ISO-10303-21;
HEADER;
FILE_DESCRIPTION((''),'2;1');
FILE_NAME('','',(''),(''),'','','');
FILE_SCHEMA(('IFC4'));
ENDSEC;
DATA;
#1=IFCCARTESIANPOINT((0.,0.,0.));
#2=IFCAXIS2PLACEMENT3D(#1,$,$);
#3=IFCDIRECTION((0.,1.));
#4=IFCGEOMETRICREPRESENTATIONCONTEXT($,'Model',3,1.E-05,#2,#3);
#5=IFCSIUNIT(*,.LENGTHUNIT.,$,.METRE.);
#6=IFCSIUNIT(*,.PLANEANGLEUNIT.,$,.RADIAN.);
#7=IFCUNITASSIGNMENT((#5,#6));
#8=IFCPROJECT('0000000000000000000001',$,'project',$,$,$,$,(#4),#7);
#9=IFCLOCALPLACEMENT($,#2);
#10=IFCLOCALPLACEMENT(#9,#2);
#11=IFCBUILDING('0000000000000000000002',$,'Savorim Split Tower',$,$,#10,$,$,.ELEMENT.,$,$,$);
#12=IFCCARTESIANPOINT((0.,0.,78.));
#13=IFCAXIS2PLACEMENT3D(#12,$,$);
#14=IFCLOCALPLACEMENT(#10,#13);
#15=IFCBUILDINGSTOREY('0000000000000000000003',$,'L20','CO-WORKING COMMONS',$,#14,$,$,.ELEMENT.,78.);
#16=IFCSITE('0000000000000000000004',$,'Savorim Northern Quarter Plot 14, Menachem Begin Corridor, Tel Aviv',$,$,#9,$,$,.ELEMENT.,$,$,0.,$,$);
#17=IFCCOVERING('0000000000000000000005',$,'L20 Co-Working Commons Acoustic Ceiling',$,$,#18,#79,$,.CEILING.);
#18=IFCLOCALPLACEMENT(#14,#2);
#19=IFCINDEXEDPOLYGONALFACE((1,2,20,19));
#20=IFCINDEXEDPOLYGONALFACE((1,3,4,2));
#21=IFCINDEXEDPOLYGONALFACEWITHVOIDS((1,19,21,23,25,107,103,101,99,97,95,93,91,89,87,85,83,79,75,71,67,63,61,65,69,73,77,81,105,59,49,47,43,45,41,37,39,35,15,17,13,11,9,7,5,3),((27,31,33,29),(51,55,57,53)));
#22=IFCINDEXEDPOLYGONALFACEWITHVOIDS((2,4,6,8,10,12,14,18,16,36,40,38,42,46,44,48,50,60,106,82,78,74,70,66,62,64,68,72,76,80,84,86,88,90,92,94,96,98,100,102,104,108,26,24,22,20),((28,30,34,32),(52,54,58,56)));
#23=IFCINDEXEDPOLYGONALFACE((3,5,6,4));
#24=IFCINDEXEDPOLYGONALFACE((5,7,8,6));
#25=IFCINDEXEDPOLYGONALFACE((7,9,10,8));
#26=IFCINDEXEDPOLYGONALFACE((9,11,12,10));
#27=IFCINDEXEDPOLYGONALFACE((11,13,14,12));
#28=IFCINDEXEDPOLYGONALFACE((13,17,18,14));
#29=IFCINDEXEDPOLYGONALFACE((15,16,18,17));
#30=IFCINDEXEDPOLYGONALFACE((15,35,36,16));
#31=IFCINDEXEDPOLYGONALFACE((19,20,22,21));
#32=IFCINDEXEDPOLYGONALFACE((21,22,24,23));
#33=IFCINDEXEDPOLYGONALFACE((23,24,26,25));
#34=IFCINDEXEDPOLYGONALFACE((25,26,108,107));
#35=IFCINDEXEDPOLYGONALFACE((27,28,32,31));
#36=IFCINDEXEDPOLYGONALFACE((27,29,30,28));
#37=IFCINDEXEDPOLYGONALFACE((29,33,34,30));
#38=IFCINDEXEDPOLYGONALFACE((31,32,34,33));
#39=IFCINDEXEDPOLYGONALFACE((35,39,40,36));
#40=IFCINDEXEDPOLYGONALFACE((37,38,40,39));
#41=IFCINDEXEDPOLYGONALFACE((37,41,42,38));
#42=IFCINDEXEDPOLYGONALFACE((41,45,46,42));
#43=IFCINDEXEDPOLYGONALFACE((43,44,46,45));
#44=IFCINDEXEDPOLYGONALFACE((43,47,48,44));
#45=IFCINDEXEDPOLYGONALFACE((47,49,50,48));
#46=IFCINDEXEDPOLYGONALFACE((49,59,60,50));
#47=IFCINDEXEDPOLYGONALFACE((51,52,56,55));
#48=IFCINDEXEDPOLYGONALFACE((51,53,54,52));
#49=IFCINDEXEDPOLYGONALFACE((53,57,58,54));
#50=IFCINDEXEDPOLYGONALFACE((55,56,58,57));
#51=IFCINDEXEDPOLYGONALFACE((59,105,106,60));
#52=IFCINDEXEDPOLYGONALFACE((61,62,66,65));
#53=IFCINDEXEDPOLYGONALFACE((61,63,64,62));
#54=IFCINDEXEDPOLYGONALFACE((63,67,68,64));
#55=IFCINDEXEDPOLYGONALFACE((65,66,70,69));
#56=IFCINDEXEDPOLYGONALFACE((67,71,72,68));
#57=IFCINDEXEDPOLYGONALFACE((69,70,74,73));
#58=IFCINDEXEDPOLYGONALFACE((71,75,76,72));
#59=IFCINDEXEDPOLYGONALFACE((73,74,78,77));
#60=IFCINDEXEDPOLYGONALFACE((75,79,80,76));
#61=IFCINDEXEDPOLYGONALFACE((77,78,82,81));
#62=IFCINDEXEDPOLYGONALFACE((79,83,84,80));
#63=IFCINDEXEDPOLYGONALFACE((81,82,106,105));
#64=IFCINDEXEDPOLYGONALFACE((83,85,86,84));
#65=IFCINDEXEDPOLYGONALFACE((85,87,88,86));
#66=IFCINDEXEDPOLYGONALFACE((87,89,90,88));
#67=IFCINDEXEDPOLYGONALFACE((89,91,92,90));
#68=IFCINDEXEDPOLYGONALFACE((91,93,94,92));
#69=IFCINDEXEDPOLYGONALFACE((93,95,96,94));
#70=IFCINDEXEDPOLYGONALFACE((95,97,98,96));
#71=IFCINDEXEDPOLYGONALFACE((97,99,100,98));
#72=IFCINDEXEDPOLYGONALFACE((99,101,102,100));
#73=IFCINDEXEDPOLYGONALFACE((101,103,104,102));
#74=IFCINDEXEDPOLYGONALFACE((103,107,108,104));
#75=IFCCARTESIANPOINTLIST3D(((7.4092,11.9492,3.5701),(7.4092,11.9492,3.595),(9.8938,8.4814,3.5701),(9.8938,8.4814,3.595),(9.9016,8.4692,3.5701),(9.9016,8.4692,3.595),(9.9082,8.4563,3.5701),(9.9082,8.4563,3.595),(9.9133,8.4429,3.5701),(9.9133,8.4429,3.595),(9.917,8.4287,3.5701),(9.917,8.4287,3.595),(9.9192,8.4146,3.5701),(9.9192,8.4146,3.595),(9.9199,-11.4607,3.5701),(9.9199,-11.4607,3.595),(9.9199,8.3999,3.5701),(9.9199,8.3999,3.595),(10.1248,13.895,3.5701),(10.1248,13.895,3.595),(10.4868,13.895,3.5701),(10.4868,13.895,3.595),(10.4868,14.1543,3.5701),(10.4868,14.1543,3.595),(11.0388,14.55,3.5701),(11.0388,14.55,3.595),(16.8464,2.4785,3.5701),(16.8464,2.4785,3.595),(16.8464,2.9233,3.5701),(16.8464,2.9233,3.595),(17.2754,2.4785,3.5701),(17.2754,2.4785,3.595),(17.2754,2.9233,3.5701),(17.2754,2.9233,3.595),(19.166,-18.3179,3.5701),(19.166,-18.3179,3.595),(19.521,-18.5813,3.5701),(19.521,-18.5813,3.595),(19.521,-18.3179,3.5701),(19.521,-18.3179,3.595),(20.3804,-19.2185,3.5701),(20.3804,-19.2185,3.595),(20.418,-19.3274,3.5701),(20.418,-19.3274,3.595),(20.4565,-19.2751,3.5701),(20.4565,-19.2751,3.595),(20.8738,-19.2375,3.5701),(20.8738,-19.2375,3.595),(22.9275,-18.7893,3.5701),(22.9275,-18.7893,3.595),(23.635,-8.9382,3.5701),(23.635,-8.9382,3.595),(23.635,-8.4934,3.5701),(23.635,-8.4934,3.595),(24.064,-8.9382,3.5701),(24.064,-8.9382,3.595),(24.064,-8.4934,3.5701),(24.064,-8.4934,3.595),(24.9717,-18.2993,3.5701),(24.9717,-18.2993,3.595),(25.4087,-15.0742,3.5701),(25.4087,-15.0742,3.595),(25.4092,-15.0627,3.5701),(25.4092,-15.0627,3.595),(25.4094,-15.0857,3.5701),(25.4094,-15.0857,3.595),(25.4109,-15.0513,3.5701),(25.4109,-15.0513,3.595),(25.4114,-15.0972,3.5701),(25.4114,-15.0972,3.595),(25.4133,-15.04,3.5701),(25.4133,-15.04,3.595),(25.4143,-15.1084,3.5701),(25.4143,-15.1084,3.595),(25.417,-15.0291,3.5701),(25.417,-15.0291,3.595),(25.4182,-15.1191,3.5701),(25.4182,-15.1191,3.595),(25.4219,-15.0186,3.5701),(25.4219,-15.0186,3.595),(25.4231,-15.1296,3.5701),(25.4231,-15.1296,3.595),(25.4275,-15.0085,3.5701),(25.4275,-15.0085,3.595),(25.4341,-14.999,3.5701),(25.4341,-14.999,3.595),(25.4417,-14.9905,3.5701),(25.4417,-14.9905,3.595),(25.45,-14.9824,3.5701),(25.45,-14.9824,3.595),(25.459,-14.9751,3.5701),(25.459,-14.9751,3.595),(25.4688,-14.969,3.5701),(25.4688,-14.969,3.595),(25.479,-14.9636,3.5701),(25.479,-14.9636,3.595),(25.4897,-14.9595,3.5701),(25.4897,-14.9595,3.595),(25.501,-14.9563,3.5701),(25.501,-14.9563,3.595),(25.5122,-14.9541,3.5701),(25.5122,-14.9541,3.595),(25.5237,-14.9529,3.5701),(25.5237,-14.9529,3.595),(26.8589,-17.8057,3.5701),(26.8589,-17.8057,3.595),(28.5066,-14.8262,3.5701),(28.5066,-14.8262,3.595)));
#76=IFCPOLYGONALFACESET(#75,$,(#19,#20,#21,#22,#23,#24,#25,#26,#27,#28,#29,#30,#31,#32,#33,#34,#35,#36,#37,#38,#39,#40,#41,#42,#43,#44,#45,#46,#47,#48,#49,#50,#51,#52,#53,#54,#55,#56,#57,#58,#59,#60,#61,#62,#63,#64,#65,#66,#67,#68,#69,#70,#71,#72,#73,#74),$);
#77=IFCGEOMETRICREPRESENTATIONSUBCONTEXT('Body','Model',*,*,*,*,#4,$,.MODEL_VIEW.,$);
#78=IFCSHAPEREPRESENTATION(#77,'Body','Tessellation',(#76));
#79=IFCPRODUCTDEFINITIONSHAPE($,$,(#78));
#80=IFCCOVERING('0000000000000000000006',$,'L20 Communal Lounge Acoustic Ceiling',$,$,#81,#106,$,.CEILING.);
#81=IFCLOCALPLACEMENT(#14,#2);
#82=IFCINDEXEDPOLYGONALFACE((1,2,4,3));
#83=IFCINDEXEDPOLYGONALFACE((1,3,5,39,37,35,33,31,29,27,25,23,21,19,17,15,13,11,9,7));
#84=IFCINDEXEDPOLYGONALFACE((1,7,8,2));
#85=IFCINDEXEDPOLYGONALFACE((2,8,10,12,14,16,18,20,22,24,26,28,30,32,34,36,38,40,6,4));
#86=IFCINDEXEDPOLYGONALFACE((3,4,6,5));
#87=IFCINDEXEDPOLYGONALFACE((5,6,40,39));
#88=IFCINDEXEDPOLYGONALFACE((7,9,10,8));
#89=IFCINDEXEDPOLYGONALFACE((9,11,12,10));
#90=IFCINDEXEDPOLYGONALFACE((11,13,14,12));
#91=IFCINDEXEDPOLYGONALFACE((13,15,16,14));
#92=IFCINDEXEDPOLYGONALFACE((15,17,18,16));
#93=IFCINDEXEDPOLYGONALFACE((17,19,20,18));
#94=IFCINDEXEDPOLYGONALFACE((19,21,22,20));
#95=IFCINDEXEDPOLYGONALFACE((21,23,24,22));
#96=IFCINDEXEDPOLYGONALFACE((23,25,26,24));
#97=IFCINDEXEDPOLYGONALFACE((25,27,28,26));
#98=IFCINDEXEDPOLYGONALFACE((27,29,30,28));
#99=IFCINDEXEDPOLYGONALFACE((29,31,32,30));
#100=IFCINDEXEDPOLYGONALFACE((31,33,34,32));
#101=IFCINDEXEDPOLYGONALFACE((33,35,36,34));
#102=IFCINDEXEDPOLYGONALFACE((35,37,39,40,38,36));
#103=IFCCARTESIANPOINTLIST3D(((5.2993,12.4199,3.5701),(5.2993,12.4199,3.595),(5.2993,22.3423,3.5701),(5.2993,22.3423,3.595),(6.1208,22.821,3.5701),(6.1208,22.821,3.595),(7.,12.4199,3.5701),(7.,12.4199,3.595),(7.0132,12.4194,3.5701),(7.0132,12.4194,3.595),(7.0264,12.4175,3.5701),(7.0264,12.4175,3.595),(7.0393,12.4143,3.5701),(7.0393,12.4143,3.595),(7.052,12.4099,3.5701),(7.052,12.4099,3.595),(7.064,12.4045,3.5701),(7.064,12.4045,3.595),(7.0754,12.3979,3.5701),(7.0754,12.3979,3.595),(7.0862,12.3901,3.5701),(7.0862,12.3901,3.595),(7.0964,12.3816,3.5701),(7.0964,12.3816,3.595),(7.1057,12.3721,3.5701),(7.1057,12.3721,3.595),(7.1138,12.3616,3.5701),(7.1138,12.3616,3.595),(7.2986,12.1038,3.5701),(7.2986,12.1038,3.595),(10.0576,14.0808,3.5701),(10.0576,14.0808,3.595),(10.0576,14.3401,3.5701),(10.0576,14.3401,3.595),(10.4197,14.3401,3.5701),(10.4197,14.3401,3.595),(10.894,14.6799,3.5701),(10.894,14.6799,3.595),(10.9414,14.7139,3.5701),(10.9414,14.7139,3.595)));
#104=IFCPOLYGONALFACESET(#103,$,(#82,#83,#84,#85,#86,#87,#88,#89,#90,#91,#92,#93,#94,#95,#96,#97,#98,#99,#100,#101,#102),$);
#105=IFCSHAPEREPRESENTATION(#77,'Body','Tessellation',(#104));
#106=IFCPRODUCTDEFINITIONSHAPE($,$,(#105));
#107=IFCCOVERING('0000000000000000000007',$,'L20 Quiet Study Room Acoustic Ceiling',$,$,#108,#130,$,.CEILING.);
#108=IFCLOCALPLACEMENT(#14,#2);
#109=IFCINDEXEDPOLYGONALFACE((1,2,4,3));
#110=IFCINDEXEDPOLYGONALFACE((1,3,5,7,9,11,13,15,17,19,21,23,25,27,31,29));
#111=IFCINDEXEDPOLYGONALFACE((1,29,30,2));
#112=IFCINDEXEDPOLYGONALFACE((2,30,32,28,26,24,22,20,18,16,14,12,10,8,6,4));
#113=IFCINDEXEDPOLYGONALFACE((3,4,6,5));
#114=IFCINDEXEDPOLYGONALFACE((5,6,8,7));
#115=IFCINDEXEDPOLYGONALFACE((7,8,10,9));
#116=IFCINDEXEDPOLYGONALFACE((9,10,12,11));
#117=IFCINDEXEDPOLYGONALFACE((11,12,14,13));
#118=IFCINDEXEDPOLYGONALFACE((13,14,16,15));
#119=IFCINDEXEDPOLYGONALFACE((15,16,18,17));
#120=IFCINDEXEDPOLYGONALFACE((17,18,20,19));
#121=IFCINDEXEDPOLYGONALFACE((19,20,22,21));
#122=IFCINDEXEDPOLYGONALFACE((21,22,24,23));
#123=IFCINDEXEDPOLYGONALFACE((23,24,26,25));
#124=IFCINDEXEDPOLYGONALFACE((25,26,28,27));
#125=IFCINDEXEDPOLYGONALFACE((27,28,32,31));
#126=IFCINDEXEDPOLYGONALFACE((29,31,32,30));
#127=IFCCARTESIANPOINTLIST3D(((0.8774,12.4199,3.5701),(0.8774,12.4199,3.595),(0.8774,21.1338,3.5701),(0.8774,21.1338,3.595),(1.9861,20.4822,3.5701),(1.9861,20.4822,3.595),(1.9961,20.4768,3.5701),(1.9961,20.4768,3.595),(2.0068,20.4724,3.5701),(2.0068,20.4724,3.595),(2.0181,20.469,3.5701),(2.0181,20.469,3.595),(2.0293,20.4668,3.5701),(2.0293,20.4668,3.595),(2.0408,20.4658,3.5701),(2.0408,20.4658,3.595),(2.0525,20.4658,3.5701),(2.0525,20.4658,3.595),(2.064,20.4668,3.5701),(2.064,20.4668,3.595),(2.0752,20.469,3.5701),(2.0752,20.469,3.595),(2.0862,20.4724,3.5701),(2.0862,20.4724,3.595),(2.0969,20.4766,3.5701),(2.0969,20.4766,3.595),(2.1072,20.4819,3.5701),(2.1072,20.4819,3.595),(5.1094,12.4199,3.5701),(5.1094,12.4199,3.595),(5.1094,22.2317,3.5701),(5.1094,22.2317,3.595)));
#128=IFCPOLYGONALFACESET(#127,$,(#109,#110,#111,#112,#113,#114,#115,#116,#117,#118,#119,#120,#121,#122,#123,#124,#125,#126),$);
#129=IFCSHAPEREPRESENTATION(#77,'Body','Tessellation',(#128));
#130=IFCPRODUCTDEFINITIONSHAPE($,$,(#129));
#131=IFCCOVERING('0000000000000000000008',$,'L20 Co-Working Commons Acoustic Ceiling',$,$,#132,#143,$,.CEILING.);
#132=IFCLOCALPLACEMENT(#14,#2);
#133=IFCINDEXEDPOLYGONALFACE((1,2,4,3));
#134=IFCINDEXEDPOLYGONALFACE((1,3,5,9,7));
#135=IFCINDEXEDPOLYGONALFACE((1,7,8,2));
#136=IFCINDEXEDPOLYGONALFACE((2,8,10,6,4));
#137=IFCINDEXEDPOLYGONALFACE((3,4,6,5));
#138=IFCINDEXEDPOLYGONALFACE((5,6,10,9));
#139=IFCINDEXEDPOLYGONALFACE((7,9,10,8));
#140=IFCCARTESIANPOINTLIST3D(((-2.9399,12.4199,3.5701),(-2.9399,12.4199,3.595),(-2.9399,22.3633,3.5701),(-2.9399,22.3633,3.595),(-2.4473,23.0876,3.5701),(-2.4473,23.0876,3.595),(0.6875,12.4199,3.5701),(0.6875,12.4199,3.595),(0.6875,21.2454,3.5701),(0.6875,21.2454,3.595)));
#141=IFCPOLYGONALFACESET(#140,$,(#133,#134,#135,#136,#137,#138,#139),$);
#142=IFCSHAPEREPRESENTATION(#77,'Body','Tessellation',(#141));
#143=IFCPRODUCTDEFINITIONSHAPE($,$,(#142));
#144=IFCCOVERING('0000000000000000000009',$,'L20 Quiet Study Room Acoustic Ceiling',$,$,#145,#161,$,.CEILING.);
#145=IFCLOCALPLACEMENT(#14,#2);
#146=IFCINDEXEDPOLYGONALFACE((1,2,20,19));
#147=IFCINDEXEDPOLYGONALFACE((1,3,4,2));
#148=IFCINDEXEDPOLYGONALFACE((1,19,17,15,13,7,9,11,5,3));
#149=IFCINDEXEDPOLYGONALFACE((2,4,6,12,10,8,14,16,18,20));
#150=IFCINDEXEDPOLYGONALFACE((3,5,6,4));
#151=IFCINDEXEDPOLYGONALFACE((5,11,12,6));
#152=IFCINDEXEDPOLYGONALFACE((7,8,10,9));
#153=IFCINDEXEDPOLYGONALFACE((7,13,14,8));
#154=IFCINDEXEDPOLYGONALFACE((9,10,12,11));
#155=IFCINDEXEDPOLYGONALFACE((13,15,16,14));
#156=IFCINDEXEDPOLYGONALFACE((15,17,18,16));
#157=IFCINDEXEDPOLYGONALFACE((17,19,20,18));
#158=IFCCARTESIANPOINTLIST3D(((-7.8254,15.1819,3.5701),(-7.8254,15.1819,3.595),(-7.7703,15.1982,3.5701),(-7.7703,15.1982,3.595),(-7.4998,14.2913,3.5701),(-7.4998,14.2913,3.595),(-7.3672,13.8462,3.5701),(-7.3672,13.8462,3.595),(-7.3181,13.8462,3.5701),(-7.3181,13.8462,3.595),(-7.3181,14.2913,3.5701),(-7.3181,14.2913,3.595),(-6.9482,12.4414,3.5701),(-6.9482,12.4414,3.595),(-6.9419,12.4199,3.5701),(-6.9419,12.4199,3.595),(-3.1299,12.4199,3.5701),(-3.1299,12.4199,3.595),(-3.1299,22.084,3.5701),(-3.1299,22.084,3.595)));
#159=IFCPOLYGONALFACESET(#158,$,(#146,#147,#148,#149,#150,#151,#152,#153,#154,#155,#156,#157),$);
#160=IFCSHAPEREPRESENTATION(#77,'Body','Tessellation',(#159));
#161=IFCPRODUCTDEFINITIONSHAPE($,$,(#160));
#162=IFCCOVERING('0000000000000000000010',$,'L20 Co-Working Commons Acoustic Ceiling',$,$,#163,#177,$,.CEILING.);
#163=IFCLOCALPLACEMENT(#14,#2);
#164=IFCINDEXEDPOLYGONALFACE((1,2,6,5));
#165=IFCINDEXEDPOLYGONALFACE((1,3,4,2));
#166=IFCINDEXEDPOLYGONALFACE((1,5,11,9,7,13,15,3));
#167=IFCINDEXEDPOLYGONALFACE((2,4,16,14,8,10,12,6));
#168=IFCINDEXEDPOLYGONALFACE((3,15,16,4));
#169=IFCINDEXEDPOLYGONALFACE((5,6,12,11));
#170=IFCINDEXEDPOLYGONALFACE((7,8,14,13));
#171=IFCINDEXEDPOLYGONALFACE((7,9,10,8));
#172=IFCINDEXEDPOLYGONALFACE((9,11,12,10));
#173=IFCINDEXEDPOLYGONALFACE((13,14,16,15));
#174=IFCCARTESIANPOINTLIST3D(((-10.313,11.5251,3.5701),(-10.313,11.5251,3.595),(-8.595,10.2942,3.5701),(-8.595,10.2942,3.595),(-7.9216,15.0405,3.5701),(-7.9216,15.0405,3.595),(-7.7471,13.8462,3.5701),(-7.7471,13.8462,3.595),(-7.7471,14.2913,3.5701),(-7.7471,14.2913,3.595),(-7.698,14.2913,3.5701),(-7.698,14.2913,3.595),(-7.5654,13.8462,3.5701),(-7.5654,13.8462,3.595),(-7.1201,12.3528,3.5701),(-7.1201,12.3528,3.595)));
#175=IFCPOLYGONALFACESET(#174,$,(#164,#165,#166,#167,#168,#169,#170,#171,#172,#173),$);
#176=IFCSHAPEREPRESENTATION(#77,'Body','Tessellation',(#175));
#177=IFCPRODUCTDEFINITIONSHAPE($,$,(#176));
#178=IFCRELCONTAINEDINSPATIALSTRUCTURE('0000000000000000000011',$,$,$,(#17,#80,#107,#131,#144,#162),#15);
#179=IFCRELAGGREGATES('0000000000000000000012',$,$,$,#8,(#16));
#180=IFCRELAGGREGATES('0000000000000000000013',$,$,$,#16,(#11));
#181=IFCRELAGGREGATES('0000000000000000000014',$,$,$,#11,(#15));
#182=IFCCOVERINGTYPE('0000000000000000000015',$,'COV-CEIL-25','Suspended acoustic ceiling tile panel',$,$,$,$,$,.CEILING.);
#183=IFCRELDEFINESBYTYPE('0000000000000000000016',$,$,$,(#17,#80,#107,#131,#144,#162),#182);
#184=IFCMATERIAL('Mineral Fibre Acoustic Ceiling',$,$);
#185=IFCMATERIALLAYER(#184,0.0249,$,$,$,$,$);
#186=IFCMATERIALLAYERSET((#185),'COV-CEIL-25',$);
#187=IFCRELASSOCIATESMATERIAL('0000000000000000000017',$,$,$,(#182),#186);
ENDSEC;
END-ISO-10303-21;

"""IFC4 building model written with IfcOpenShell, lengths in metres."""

from ifc_helpers import new_model, si_unit, direction, frame, origin, place, context, subcontext, project, spatial, polyline, outline, extrude, material, layer, layer_set, type_object, element, save


model = new_model("IFC4")

# Units and contexts
model_context = context("Model", 3, precision=1e-05, world=origin(), true_north=direction((0.0, 1.0)))
body_context = subcontext(model_context, "Body", "Model", "MODEL_VIEW")
ifc_project = project(units=[si_unit("LENGTHUNIT", "METRE"), si_unit("PLANEANGLEUNIT", "RADIAN")], contexts=[model_context])

# Site, building, storey
site_placement = place(None, origin())
site = spatial("IfcSite", under=ifc_project, at=site_placement, Name="Savorim Northern Quarter Plot 14, Menachem Begin Corridor, Tel Aviv", CompositionType="ELEMENT", RefElevation=0.0)
building_placement = place(site_placement, origin())
building = spatial("IfcBuilding", under=site, at=building_placement, Name="Savorim Split Tower", CompositionType="ELEMENT")
storey_placement = place(building_placement, frame((0.0, 0.0, 78.0)))
storey = spatial("IfcBuildingStorey", under=building, at=storey_placement, Name="L20", Description="CO-WORKING COMMONS", CompositionType="ELEMENT", Elevation=78.0)

# Coverings
ifc_material_1 = material(Name="Mineral Fibre Acoustic Ceiling")
ifc_layer_1 = layer(ifc_material_1, 0.0249)
ifc_layer_set_1 = layer_set([ifc_layer_1], Name="COV-CEIL-25")
covering_type_1 = type_object("IfcCoveringType", Name="COV-CEIL-25", Description="Suspended acoustic ceiling tile panel", PredefinedType="CEILING", material=ifc_layer_set_1)
covering_1_placement = place(storey_placement, frame((0.0, 0.0, 3.5701)))
element("IfcCovering", 1, at=covering_1_placement, inside=storey, type_object=covering_type_1, Name="L20 Co-Working Commons Acoustic Ceiling", PredefinedType="CEILING", context=body_context, shape_type="SweptSolid", body=[
    extrude(outline(polyline([(25.501, -14.9563), (25.5122, -14.9541), (25.5237, -14.9529), (28.5066, -14.8262), (11.0388, 14.55), (10.4868, 14.1543), (10.4868, 13.895), (10.1248, 13.895), (7.4092, 11.9492), (9.8938, 8.4814), (9.9016, 8.4692), (9.9082, 8.4563), (9.9133, 8.4429), (9.917, 8.4287), (9.9192, 8.4146), (9.9199, 8.3999), (9.9199, -11.4607), (19.166, -18.3179), (19.521, -18.3179), (19.521, -18.5813), (20.3804, -19.2185), (20.4565, -19.2751), (20.418, -19.3274), (20.8738, -19.2375), (22.9275, -18.7893), (24.9717, -18.2993), (26.8589, -17.8057), (25.4231, -15.1296), (25.4182, -15.1191), (25.4143, -15.1084), (25.4114, -15.0972), (25.4094, -15.0857), (25.4087, -15.0742), (25.4092, -15.0627), (25.4109, -15.0513), (25.4133, -15.04), (25.417, -15.0291), (25.4219, -15.0186), (25.4275, -15.0085), (25.4341, -14.999), (25.4417, -14.9905), (25.45, -14.9824), (25.459, -14.9751), (25.4688, -14.969), (25.479, -14.9636), (25.4897, -14.9595), (25.501, -14.9563)]), holes=[polyline([(24.064, -8.9382), (24.064, -8.4934), (23.635, -8.4934), (23.635, -8.9382), (24.064, -8.9382)]), polyline([(17.2754, 2.4785), (17.2754, 2.9233), (16.8464, 2.9233), (16.8464, 2.4785), (17.2754, 2.4785)])]), origin(), (0.0, 0.0, 1.0), 0.0249),
])
covering_2_placement = place(storey_placement, frame((0.0, 0.0, 3.5701)))
element("IfcCovering", 2, at=covering_2_placement, inside=storey, type_object=covering_type_1, Name="L20 Communal Lounge Acoustic Ceiling", PredefinedType="CEILING", context=body_context, shape_type="SweptSolid", body=[
    extrude(outline(polyline([(10.894, 14.6799), (10.9414, 14.7139), (6.1208, 22.821), (5.2993, 22.3423), (5.2993, 12.4199), (7.0, 12.4199), (7.0132, 12.4194), (7.0264, 12.4175), (7.0393, 12.4143), (7.052, 12.4099), (7.064, 12.4045), (7.0754, 12.3979), (7.0862, 12.3901), (7.0964, 12.3816), (7.1057, 12.3721), (7.1138, 12.3616), (7.2986, 12.1038), (10.0576, 14.0808), (10.0576, 14.3401), (10.4197, 14.3401), (10.894, 14.6799)])), origin(), (0.0, 0.0, 1.0), 0.0249),
])
covering_3_placement = place(storey_placement, frame((0.0, 0.0, 3.5701)))
element("IfcCovering", 3, at=covering_3_placement, inside=storey, type_object=covering_type_1, Name="L20 Quiet Study Room Acoustic Ceiling", PredefinedType="CEILING", context=body_context, shape_type="SweptSolid", body=[
    extrude(outline(polyline([(2.0068, 20.4724), (1.9961, 20.4768), (1.9861, 20.4822), (0.8774, 21.1338), (0.8774, 12.4199), (5.1094, 12.4199), (5.1094, 22.2317), (2.1072, 20.4819), (2.0969, 20.4766), (2.0862, 20.4724), (2.0752, 20.469), (2.064, 20.4668), (2.0525, 20.4658), (2.0408, 20.4658), (2.0293, 20.4668), (2.0181, 20.469), (2.0068, 20.4724)])), origin(), (0.0, 0.0, 1.0), 0.0249),
])
covering_4_placement = place(storey_placement, frame((0.0, 0.0, 3.5701)))
element("IfcCovering", 4, at=covering_4_placement, inside=storey, type_object=covering_type_1, Name="L20 Co-Working Commons Acoustic Ceiling", PredefinedType="CEILING", context=body_context, shape_type="SweptSolid", body=[
    extrude(outline(polyline([(-2.9399, 12.4199), (0.6875, 12.4199), (0.6875, 21.2454), (-2.4473, 23.0876), (-2.9399, 22.3633), (-2.9399, 12.4199)])), origin(), (0.0, 0.0, 1.0), 0.0249),
])
covering_5_placement = place(storey_placement, frame((0.0, 0.0, 3.5701)))
element("IfcCovering", 5, at=covering_5_placement, inside=storey, type_object=covering_type_1, Name="L20 Quiet Study Room Acoustic Ceiling", PredefinedType="CEILING", context=body_context, shape_type="SweptSolid", body=[
    extrude(outline(polyline([(-7.3672, 13.8462), (-6.9482, 12.4414), (-6.9419, 12.4199), (-3.1299, 12.4199), (-3.1299, 22.084), (-7.8254, 15.1819), (-7.7703, 15.1982), (-7.4998, 14.2913), (-7.3181, 14.2913), (-7.3181, 13.8462), (-7.3672, 13.8462)])), origin(), (0.0, 0.0, 1.0), 0.0249),
])
covering_6_placement = place(storey_placement, frame((0.0, 0.0, 3.5701)))
element("IfcCovering", 6, at=covering_6_placement, inside=storey, type_object=covering_type_1, Name="L20 Co-Working Commons Acoustic Ceiling", PredefinedType="CEILING", context=body_context, shape_type="SweptSolid", body=[
    extrude(outline(polyline([(-10.313, 11.5251), (-8.595, 10.2942), (-7.1201, 12.3528), (-7.5654, 13.8462), (-7.7471, 13.8462), (-7.7471, 14.2913), (-7.698, 14.2913), (-7.9216, 15.0405), (-10.313, 11.5251)])), origin(), (0.0, 0.0, 1.0), 0.0249),
])

save(model, "model.ifc")
